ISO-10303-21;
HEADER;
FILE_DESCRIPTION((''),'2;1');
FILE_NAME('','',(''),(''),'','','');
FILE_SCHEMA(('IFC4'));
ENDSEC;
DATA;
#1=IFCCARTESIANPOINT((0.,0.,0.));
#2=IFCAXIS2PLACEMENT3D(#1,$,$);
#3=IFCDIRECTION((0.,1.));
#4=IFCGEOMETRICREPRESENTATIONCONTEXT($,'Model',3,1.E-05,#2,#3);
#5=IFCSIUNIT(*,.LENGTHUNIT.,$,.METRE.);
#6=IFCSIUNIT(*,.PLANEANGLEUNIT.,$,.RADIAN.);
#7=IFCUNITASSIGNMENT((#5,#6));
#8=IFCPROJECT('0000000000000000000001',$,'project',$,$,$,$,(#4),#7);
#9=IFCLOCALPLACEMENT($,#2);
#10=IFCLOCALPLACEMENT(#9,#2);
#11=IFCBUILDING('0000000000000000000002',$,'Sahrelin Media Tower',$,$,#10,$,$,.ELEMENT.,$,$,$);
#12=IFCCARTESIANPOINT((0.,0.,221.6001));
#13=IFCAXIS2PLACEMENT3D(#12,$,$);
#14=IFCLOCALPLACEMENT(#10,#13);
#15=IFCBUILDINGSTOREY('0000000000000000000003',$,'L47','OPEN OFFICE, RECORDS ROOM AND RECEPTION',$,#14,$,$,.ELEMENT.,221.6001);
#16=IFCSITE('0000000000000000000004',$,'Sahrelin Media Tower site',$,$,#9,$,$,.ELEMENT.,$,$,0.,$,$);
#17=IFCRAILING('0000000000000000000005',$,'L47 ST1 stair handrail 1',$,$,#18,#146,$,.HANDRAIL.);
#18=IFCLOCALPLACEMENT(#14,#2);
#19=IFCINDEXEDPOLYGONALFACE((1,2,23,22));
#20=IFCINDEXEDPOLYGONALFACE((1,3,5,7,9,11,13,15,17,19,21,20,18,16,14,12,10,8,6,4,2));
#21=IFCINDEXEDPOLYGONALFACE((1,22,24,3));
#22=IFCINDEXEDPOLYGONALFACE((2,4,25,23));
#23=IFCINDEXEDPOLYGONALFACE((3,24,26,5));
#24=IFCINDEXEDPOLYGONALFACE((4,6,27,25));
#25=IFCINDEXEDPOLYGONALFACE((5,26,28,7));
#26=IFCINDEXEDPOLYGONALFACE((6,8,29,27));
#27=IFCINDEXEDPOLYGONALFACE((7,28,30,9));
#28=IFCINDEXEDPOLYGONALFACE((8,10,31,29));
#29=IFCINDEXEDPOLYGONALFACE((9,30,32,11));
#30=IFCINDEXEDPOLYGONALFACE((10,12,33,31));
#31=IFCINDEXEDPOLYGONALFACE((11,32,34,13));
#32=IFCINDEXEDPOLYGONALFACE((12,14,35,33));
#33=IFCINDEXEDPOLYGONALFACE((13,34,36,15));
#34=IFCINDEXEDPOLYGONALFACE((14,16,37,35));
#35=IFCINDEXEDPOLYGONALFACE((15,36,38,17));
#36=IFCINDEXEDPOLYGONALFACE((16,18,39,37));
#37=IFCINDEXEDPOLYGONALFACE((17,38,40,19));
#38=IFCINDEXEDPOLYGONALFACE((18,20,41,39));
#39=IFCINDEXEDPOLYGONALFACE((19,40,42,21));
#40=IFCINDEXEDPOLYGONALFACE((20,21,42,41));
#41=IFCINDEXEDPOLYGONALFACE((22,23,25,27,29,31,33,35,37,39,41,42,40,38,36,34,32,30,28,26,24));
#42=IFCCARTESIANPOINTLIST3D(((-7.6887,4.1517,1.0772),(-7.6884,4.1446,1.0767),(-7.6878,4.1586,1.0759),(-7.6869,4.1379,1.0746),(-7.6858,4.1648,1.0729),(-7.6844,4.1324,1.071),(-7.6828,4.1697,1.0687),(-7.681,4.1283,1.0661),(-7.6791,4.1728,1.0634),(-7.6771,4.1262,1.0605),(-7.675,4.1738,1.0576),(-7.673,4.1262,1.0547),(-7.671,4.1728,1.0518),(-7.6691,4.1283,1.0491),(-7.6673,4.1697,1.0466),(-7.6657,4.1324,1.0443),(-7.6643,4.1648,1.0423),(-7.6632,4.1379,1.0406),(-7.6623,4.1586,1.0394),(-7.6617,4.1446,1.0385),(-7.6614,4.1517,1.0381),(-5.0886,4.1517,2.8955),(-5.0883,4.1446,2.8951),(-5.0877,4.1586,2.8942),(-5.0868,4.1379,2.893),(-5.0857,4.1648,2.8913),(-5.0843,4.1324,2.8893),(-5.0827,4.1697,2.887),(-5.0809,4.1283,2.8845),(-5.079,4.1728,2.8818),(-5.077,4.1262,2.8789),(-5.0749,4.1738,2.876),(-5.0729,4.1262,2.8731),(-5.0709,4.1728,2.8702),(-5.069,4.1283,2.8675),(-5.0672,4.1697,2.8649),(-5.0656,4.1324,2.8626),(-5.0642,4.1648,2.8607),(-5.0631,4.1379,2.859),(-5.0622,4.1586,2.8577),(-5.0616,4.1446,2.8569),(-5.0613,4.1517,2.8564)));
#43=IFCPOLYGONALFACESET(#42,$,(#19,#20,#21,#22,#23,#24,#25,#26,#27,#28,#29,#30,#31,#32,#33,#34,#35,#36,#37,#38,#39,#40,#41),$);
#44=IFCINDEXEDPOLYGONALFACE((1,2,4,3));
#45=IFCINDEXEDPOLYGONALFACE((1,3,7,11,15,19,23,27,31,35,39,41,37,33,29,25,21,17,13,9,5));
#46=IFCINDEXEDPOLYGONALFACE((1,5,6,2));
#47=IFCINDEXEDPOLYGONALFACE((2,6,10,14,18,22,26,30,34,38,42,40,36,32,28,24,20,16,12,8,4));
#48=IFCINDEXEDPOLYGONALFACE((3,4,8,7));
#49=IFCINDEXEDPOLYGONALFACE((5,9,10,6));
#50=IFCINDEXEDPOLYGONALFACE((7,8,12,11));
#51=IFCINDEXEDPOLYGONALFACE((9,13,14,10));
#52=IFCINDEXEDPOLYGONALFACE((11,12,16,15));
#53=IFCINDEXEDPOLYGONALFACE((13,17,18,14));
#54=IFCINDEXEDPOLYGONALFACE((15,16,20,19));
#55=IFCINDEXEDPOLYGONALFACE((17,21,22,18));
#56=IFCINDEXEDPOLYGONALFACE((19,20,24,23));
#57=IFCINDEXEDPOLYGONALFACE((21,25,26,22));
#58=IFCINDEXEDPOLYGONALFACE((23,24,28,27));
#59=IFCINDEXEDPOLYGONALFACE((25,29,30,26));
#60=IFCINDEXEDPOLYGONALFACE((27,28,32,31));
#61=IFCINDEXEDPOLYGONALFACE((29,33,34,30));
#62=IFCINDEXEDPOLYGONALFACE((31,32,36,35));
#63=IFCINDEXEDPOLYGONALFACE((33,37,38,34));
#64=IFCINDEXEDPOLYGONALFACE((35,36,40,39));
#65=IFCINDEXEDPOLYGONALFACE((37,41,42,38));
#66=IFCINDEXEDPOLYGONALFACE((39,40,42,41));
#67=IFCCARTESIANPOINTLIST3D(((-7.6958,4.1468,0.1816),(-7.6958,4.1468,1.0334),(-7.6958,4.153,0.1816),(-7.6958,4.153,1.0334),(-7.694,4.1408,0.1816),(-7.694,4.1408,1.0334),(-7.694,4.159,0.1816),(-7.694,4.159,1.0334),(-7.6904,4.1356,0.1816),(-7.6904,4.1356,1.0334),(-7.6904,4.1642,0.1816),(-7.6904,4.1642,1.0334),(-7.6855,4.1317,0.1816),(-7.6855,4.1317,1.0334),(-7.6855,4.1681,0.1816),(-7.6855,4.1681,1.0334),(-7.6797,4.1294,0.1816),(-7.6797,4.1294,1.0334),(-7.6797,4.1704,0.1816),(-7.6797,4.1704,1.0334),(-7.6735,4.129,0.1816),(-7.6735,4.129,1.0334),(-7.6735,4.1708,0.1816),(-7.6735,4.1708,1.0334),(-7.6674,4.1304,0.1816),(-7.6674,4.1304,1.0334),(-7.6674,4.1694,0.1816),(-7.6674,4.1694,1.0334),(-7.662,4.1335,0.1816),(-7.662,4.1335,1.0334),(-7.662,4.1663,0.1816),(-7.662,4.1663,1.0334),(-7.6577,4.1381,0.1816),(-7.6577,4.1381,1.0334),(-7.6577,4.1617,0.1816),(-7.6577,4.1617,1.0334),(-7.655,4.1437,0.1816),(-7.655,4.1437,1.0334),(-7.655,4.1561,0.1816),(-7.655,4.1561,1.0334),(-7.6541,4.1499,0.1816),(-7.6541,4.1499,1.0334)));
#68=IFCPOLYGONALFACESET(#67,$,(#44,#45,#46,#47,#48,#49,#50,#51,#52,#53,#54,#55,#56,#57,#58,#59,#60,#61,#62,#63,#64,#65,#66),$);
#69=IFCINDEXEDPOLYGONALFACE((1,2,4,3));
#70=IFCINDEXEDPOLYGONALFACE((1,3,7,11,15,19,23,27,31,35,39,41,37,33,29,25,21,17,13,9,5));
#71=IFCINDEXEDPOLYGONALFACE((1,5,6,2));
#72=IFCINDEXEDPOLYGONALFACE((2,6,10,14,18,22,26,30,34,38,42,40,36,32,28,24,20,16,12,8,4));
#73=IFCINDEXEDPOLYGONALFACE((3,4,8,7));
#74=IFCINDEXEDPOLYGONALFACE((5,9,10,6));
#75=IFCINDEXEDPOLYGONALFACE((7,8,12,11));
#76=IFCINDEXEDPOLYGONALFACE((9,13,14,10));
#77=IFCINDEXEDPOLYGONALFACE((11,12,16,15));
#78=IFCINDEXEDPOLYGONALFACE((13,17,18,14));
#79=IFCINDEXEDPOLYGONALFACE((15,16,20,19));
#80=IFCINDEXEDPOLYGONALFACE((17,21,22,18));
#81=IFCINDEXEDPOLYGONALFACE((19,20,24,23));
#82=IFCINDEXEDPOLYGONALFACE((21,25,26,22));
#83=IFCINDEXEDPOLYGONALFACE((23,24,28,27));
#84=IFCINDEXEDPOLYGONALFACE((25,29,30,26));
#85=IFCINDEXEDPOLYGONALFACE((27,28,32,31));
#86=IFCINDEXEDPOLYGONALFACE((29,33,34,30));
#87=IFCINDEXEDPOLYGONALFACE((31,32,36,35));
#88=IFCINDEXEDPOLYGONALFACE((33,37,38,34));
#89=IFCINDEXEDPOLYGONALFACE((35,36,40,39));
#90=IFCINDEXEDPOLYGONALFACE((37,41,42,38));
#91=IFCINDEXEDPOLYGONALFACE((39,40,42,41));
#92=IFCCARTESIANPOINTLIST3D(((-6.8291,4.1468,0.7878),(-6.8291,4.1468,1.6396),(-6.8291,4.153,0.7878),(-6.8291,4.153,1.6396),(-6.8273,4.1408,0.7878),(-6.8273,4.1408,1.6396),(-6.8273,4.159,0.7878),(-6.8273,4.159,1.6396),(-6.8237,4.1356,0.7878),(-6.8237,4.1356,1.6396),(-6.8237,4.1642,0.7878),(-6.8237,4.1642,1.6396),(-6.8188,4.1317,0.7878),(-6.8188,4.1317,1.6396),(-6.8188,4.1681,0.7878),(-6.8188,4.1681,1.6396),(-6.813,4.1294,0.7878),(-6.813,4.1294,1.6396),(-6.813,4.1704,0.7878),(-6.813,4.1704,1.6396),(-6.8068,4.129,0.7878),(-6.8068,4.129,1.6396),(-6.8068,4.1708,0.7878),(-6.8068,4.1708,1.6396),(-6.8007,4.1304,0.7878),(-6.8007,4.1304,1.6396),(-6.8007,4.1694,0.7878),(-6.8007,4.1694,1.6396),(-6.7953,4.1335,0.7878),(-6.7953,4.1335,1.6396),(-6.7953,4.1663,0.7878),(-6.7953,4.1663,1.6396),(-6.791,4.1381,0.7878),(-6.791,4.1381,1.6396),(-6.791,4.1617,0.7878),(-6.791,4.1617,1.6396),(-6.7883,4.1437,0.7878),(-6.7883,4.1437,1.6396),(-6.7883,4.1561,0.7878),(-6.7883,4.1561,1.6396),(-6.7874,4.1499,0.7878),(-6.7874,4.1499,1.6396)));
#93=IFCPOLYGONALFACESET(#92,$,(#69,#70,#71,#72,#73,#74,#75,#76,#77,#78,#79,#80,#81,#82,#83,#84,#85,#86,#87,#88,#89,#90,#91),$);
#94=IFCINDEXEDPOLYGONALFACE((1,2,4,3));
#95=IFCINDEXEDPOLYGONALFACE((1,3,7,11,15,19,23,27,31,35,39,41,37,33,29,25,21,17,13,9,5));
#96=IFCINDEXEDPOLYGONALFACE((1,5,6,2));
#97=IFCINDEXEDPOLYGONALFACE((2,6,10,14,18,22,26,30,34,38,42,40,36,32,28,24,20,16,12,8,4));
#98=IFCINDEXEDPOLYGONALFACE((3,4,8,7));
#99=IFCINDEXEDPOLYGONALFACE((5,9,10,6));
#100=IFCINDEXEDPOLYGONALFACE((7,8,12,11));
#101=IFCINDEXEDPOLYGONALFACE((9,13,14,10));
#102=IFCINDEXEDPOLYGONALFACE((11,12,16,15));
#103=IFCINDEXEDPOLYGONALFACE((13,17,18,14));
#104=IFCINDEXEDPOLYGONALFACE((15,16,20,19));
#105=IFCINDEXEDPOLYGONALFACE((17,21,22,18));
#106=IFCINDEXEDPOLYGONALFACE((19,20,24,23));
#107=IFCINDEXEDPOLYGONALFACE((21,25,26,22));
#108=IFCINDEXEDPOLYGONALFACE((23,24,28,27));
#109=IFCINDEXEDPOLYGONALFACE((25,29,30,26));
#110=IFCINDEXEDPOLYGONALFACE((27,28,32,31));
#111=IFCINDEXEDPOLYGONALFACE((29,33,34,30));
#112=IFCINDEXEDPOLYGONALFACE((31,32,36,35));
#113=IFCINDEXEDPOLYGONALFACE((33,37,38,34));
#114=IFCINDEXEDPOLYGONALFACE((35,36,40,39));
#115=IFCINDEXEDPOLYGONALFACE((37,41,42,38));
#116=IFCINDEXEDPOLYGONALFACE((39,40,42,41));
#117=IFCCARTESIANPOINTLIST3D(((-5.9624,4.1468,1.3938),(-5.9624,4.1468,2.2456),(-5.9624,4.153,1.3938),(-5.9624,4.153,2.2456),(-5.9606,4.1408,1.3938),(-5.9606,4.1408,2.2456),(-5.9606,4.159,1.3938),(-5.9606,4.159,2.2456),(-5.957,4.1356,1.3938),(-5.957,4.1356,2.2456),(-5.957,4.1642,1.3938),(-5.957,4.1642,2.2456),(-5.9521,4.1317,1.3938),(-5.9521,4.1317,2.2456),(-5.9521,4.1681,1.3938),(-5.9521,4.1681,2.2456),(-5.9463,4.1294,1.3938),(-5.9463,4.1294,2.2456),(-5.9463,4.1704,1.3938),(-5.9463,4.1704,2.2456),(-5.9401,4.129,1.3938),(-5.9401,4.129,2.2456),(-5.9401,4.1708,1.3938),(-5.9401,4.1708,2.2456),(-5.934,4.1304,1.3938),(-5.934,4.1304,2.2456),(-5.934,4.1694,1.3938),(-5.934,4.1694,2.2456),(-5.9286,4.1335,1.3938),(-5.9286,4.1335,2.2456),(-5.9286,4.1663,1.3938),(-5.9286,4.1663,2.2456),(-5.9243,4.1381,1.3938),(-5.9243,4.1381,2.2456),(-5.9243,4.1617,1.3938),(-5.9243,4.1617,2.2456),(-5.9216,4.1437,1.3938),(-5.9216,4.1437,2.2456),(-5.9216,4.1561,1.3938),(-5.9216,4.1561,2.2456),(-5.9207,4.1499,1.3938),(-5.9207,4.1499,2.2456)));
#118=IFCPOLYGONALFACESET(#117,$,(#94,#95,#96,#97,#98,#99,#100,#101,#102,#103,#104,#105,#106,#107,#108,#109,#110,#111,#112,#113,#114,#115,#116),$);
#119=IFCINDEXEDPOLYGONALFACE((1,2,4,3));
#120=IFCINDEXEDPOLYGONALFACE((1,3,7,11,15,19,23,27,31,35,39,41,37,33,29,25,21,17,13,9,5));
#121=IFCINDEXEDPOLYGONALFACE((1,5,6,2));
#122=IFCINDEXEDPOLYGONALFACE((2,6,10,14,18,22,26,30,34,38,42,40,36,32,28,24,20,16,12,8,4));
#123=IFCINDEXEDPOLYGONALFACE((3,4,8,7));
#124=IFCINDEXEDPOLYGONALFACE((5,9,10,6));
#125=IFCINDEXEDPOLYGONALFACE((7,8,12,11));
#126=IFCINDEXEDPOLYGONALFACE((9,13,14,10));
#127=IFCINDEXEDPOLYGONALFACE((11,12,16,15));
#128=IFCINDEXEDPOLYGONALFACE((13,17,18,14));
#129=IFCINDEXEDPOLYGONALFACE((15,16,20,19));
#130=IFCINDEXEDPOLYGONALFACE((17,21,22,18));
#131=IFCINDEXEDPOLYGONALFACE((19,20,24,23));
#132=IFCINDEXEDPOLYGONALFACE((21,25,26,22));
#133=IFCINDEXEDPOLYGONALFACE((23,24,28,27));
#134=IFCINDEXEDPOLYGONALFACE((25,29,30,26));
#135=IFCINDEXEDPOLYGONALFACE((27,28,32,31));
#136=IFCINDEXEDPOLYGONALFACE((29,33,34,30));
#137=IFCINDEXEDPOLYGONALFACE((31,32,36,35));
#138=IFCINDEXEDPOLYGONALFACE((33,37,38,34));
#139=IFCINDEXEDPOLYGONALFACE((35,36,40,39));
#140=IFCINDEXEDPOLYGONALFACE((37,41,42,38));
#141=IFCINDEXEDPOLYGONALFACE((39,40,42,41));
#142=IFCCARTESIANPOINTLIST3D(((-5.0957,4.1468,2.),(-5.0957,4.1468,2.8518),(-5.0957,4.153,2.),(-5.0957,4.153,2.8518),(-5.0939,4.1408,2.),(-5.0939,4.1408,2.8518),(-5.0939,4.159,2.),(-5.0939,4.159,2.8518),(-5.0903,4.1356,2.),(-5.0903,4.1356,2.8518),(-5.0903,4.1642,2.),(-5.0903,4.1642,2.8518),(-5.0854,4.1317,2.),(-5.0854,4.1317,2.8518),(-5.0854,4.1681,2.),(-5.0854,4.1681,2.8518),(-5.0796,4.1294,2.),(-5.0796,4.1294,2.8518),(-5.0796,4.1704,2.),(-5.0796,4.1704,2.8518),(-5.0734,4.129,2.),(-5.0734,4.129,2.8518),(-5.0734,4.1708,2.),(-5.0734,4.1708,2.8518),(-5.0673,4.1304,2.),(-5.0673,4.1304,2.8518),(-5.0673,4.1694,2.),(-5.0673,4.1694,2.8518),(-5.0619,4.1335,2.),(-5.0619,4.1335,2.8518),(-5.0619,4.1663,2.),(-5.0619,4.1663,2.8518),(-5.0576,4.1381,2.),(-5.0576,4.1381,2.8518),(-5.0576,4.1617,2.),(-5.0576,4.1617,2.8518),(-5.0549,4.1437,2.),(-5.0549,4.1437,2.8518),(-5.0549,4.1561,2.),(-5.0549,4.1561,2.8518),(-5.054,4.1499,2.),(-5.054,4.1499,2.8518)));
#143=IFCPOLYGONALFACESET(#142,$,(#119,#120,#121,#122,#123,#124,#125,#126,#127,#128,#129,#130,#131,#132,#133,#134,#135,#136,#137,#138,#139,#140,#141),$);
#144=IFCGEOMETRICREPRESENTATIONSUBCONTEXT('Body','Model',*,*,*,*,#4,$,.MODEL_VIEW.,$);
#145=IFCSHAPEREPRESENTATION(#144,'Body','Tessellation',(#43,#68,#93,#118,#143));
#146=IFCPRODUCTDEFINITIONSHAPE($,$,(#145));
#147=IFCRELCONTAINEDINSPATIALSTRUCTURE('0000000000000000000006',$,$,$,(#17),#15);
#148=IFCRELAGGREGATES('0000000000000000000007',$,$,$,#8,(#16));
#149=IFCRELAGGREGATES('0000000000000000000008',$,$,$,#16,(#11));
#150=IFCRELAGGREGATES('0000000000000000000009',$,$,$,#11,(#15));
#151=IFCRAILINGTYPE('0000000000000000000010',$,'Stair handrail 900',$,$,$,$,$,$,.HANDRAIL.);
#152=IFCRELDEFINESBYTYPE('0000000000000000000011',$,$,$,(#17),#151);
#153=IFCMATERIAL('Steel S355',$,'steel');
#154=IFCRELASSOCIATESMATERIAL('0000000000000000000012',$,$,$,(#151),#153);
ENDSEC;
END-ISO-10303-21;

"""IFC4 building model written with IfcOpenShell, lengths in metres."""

from ifc_helpers import new_model, si_unit, direction, frame, origin, origin_2d, place, context, subcontext, project, spatial, circle, extrude, material, type_object, element, save


model = new_model("IFC4")

# Units and contexts
model_context = context("Model", 3, precision=1e-05, world=origin(), true_north=direction((0.0, 1.0)))
body_context = subcontext(model_context, "Body", "Model", "MODEL_VIEW")
ifc_project = project(units=[si_unit("LENGTHUNIT", "METRE"), si_unit("PLANEANGLEUNIT", "RADIAN")], contexts=[model_context])

# Site, building, storey
site_placement = place(None, origin())
site = spatial("IfcSite", under=ifc_project, at=site_placement, Name="Sahrelin Media Tower site", CompositionType="ELEMENT", RefElevation=0.0)
building_placement = place(site_placement, origin())
building = spatial("IfcBuilding", under=site, at=building_placement, Name="Sahrelin Media Tower", CompositionType="ELEMENT")
storey_placement = place(building_placement, frame((0.0, 0.0, 221.6001)))
storey = spatial("IfcBuildingStorey", under=building, at=storey_placement, Name="L47", Description="OPEN OFFICE, RECORDS ROOM AND RECEPTION", CompositionType="ELEMENT", Elevation=221.6001)

# Shared definitions
ifc_material_1 = material(Name="Steel S355", Category="steel")

# Railing
railing_type_1 = type_object("IfcRailingType", Name="Stair handrail 900", PredefinedType="HANDRAIL", material=ifc_material_1)
railing_1_placement = place(storey_placement, frame((-7.675, 4.1499, 0.1816)))
element("IfcRailing", 1, at=railing_1_placement, inside=storey, type_object=railing_type_1, Name="L47 ST1 stair handrail 1", PredefinedType="HANDRAIL", context=body_context, shape_type="SweptSolid", body=[
    extrude(circle(Radius=0.0239, at=origin_2d()), frame((0.0, 0.0, 0.876), z_axis=(0.819485, 0.0, 0.573101), x_axis=(0.0, 1.0, 0.0)), (0.0, 0.0, 1.0), 3.1729),
    extrude(circle(Radius=0.021, at=origin_2d()), origin(), (0.0, 0.0, 1.0), 0.8518),
    extrude(circle(Radius=0.021, at=origin_2d()), frame((0.8667, 0.0, 0.6062)), (0.0, 0.0, 1.0), 0.8518),
    extrude(circle(Radius=0.021, at=origin_2d()), frame((1.7334, 0.0, 1.2122)), (0.0, 0.0, 1.0), 0.8518),
    extrude(circle(Radius=0.021, at=origin_2d()), frame((2.6001, 0.0, 1.8184)), (0.0, 0.0, 1.0), 0.8518),
])

save(model, "model.ifc")
